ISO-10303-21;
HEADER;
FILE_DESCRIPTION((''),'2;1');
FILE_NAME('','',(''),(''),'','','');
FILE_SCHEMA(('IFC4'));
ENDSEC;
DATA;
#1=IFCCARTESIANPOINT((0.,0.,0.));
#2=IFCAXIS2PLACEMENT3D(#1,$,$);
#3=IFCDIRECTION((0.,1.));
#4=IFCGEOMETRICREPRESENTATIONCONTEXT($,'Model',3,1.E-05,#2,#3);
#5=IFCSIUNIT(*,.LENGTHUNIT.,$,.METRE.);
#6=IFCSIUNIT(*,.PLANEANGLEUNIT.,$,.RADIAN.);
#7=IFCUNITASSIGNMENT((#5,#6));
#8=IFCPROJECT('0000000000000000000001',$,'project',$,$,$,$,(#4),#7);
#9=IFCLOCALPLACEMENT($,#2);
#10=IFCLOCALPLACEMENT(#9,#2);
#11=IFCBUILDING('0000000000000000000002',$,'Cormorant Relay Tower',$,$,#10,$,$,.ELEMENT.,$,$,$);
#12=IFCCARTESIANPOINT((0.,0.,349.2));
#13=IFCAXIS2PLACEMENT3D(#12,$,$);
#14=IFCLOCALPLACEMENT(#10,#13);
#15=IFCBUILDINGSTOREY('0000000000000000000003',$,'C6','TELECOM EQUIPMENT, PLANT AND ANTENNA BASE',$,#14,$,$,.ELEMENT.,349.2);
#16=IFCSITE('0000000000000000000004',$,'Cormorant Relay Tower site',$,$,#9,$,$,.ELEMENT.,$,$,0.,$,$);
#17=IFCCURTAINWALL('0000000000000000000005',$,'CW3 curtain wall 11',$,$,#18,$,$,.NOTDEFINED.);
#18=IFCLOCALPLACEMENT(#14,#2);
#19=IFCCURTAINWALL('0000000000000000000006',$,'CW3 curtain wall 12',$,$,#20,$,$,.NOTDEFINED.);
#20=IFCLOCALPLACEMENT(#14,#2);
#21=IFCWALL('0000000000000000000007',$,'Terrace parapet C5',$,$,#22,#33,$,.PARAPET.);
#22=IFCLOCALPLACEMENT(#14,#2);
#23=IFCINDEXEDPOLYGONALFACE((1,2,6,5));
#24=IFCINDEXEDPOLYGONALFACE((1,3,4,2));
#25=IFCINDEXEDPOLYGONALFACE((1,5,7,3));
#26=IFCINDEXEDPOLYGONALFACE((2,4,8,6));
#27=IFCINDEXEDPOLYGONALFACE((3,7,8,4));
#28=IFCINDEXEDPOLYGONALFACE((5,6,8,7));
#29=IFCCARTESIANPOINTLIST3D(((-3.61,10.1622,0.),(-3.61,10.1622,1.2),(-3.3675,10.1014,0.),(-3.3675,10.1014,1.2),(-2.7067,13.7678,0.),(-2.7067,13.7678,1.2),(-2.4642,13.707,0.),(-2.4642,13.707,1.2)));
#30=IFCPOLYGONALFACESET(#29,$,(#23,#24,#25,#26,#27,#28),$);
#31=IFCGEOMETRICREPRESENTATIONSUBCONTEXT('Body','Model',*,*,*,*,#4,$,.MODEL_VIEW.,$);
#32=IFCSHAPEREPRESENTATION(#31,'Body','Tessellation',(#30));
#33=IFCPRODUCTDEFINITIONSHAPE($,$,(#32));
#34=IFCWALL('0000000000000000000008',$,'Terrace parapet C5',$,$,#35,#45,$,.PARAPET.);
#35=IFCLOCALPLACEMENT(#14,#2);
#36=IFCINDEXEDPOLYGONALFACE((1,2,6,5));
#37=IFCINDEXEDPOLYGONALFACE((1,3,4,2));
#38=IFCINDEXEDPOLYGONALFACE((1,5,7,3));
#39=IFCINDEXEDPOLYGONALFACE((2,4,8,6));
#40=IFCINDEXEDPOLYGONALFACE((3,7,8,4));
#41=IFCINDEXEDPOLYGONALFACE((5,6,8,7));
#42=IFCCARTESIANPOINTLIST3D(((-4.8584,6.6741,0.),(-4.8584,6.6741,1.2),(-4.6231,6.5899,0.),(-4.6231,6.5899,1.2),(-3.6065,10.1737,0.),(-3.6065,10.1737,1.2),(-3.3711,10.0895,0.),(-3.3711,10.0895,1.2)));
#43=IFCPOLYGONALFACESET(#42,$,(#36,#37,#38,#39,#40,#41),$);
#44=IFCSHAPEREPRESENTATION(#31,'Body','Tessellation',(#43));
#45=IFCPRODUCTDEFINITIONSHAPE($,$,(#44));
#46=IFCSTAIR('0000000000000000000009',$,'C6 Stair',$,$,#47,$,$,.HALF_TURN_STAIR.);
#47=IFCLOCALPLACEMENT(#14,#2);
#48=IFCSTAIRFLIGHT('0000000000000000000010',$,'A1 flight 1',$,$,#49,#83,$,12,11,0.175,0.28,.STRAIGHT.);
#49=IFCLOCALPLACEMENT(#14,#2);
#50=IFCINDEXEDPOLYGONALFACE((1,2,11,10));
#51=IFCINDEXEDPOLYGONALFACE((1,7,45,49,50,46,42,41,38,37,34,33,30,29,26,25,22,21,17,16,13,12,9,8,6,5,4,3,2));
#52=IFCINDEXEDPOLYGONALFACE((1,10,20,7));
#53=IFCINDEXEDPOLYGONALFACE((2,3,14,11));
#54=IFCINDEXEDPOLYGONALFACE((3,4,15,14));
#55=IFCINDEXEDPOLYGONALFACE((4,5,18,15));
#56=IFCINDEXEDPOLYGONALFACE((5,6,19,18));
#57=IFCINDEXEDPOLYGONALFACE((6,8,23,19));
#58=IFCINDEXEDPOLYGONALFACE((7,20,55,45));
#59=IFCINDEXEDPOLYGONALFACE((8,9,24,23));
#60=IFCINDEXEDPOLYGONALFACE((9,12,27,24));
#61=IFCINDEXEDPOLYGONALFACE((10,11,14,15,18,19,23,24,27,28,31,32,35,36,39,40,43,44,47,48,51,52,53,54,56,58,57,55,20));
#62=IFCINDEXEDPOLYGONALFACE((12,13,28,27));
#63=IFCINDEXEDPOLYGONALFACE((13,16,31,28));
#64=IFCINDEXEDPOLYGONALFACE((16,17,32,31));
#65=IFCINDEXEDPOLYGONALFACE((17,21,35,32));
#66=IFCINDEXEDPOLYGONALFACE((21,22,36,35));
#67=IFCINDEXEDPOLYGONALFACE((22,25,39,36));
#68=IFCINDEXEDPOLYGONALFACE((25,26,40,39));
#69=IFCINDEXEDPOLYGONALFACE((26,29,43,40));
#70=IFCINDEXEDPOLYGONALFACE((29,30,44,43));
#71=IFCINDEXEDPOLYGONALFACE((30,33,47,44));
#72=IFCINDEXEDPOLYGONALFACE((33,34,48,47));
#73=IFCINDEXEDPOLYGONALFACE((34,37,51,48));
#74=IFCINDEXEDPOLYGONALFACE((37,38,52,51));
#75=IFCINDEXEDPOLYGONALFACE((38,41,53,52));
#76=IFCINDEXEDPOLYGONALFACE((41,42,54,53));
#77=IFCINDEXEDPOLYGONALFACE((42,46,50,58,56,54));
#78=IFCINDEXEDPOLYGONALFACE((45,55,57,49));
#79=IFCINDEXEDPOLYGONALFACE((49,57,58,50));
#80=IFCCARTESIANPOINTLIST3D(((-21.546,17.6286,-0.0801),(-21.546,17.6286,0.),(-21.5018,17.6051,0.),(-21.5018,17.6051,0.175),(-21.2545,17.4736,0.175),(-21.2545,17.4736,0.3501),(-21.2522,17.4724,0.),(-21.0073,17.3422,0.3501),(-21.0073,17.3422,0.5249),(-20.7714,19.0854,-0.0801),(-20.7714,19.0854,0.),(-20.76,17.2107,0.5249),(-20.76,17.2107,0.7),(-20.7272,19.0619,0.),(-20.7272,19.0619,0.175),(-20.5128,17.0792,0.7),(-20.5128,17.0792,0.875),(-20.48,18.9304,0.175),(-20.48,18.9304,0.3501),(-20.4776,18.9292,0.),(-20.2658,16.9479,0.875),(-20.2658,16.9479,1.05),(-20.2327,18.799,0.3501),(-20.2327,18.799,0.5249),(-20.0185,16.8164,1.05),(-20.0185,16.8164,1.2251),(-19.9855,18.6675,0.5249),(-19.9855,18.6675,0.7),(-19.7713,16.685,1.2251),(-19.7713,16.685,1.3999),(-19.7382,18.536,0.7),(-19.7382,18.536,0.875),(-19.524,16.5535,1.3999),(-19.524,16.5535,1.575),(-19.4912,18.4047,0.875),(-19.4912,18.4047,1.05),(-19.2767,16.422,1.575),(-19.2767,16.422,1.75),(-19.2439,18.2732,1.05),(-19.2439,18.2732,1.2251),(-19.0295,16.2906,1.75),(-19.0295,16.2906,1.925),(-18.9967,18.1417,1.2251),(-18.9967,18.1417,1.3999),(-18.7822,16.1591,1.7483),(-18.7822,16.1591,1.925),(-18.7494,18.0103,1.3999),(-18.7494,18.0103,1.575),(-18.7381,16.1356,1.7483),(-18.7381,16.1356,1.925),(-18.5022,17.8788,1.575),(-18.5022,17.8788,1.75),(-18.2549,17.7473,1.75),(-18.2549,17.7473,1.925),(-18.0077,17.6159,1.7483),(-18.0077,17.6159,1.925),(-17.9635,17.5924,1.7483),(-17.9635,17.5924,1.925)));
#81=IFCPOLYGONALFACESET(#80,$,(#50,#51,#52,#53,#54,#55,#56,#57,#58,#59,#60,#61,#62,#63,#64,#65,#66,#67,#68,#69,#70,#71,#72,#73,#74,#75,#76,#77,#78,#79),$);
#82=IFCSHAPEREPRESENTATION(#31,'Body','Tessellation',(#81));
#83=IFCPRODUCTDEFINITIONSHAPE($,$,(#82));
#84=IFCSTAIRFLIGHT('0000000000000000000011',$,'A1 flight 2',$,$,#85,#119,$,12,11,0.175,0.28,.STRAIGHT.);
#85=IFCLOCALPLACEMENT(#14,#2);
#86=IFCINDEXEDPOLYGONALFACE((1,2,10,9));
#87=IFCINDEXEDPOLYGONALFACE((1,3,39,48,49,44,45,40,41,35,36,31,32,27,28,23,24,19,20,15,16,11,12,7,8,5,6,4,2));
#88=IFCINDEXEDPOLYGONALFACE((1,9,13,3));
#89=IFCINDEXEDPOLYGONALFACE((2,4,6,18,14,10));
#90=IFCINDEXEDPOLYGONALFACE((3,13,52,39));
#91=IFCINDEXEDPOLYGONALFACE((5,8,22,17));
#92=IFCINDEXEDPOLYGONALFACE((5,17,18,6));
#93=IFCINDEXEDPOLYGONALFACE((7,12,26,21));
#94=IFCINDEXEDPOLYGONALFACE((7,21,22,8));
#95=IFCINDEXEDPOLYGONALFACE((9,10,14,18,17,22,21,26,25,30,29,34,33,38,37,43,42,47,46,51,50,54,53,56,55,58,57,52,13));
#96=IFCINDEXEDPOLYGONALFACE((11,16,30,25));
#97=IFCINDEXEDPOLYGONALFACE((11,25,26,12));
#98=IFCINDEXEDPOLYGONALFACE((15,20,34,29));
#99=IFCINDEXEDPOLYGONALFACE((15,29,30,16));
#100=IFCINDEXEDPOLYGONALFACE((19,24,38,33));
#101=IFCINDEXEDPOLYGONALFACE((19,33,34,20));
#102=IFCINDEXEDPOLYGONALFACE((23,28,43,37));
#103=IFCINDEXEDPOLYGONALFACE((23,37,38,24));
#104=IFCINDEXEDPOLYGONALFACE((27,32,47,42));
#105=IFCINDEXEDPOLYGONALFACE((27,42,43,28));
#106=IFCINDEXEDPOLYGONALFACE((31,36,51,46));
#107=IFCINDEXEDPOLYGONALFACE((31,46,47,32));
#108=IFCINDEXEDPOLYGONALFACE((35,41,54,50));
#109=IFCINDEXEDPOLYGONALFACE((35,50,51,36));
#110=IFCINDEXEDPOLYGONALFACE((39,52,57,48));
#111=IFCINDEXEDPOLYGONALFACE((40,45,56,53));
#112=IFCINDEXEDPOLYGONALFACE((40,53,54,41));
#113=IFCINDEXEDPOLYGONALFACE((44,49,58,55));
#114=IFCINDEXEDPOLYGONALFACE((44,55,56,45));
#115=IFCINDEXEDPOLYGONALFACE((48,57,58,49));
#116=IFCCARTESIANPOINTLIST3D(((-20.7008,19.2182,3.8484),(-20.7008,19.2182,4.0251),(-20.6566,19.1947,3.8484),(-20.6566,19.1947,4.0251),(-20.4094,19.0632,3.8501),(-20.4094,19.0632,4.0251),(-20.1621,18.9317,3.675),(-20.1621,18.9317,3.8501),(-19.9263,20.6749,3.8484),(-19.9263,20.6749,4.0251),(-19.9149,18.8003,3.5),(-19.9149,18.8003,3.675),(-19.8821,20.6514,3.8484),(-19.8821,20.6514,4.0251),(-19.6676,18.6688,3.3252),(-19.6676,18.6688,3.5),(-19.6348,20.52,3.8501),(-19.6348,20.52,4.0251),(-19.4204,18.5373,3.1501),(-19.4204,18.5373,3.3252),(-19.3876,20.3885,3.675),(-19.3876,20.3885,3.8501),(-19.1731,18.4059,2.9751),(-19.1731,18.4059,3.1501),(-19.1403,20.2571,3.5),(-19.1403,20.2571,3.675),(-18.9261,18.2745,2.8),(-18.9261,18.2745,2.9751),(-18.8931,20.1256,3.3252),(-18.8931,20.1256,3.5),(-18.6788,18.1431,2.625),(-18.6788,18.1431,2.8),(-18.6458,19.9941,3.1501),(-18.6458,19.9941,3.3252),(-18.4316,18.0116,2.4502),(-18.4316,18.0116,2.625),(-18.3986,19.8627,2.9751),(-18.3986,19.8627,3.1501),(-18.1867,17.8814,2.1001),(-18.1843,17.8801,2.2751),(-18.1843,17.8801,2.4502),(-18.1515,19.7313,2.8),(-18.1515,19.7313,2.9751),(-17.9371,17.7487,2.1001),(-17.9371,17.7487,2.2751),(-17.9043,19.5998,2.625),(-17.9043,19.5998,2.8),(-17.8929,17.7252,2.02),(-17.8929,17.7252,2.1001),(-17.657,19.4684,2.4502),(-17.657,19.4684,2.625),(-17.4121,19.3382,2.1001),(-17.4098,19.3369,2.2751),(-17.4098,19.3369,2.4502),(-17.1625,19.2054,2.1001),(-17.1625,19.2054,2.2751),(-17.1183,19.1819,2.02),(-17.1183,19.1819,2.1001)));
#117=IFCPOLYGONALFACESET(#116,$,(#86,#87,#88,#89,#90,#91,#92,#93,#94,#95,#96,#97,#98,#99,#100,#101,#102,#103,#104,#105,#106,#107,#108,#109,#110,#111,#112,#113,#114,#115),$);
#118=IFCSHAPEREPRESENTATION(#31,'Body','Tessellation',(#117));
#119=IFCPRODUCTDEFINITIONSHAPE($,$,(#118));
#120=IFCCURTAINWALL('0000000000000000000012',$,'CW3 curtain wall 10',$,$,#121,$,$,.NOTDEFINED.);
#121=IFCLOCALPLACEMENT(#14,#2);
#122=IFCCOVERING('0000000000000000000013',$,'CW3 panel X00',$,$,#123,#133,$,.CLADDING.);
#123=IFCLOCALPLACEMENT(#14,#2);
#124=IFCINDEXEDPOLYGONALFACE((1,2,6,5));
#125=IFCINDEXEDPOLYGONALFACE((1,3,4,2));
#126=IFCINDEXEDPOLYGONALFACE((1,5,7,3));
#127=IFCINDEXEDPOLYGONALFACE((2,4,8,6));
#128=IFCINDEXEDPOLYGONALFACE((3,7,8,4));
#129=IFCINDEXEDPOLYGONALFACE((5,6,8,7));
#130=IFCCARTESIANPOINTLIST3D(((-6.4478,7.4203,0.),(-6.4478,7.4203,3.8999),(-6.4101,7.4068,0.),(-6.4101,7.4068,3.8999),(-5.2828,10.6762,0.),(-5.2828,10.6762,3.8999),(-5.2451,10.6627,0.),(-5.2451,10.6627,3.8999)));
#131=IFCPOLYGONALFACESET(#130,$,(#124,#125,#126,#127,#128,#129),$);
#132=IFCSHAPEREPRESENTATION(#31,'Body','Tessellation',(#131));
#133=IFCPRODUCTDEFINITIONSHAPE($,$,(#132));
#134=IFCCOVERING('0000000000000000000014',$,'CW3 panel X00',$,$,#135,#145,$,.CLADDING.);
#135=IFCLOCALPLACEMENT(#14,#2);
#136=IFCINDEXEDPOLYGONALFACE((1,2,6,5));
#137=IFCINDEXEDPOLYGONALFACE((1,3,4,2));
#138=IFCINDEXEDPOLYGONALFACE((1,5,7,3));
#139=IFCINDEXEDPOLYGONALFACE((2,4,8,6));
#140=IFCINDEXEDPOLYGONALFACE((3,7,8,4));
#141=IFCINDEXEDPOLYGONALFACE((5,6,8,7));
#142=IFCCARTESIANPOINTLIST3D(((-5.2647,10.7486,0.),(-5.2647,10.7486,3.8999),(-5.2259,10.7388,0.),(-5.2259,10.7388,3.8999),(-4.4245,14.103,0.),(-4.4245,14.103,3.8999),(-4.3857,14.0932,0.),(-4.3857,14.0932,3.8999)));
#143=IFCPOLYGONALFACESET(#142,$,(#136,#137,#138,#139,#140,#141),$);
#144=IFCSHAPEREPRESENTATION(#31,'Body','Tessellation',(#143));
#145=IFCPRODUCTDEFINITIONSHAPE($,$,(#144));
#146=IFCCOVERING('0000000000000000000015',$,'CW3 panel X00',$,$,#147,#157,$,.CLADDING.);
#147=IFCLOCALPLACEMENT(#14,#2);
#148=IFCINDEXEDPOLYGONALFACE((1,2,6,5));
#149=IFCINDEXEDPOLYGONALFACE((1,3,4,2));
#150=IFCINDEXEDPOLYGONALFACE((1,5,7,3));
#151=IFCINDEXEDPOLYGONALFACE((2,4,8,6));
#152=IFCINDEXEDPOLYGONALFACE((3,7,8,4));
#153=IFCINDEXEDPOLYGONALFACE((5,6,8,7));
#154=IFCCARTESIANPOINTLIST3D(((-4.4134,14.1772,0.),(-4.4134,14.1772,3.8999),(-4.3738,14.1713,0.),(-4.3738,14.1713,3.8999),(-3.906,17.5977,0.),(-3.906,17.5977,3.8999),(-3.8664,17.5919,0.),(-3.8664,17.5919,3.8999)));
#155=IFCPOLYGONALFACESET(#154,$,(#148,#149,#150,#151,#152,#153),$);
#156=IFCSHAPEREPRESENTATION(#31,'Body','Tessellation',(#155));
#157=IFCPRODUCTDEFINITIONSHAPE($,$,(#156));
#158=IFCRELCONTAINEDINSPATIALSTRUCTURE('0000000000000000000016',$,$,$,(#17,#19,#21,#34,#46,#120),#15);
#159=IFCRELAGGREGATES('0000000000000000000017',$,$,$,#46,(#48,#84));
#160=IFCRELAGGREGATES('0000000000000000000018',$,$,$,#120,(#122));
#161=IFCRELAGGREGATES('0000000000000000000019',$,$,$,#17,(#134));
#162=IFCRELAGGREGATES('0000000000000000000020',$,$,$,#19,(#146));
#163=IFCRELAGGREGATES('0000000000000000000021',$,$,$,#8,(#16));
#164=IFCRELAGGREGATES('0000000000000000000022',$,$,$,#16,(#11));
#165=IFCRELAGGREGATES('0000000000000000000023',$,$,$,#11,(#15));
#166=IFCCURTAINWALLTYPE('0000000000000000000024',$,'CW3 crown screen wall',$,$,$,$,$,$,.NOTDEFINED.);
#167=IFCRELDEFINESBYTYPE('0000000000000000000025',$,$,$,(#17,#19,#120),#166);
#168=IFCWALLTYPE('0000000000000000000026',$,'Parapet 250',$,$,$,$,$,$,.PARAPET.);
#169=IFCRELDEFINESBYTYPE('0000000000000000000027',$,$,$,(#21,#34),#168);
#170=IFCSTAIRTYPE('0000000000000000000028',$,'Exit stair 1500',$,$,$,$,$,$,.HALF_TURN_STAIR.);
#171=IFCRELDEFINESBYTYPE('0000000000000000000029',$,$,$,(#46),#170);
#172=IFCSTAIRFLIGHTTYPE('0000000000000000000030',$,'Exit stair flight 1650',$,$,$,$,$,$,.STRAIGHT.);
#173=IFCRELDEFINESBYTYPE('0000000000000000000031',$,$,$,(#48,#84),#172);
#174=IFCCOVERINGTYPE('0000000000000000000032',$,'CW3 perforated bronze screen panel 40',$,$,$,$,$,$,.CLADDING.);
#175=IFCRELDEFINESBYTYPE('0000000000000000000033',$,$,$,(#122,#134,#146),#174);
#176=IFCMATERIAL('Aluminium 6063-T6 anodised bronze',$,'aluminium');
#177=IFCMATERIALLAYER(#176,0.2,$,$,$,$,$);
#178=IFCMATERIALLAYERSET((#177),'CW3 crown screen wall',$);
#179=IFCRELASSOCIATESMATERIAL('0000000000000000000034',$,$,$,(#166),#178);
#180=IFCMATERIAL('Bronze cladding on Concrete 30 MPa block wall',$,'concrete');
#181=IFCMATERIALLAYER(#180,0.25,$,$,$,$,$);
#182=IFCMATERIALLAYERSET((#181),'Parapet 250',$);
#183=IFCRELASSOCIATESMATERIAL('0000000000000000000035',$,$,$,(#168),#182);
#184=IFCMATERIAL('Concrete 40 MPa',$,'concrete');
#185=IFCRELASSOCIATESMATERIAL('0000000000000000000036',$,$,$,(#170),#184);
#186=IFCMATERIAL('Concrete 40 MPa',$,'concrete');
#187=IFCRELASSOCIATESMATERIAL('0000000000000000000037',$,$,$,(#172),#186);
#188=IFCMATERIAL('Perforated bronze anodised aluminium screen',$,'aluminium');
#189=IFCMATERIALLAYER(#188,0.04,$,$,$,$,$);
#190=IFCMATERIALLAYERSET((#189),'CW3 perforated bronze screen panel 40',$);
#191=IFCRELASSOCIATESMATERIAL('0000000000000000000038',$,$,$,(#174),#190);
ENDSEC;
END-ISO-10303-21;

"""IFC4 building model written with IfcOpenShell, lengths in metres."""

from ifc_helpers import new_model, si_unit, direction, frame, frame_2d, origin, origin_2d, place, context, subcontext, project, spatial, polyline, rectangle, outline, extrude, material, layer, layer_set, type_object, element, aggregate, save


model = new_model("IFC4")

# Units and contexts
model_context = context("Model", 3, precision=1e-05, world=origin(), true_north=direction((0.0, 1.0)))
body_context = subcontext(model_context, "Body", "Model", "MODEL_VIEW")
ifc_project = project(units=[si_unit("LENGTHUNIT", "METRE"), si_unit("PLANEANGLEUNIT", "RADIAN")], contexts=[model_context])

# Site, building, storey
site_placement = place(None, origin())
site = spatial("IfcSite", under=ifc_project, at=site_placement, Name="Cormorant Relay Tower site", CompositionType="ELEMENT", RefElevation=0.0)
building_placement = place(site_placement, origin())
building = spatial("IfcBuilding", under=site, at=building_placement, Name="Cormorant Relay Tower", CompositionType="ELEMENT")
storey_placement = place(building_placement, frame((0.0, 0.0, 349.2)))
storey = spatial("IfcBuildingStorey", under=building, at=storey_placement, Name="C6", Description="TELECOM EQUIPMENT, PLANT AND ANTENNA BASE", CompositionType="ELEMENT", Elevation=349.2)

# Curtain walls
ifc_material_1 = material(Name="Aluminium 6063-T6 anodised bronze", Category="aluminium")
ifc_layer_1 = layer(ifc_material_1, 0.2)
ifc_layer_set_1 = layer_set([ifc_layer_1], Name="CW3 crown screen wall")
curtain_wall_type = type_object("IfcCurtainWallType", Name="CW3 crown screen wall", PredefinedType="NOTDEFINED", material=ifc_layer_set_1)
curtain_wall_1_placement = place(storey_placement, origin())
curtain_wall_1 = element("IfcCurtainWall", 1, at=curtain_wall_1_placement, inside=storey, type_object=curtain_wall_type, Name="CW3 curtain wall 11", PredefinedType="NOTDEFINED")
curtain_wall_2_placement = place(storey_placement, origin())
curtain_wall_2 = element("IfcCurtainWall", 2, at=curtain_wall_2_placement, inside=storey, type_object=curtain_wall_type, Name="CW3 curtain wall 12", PredefinedType="NOTDEFINED")

# Walls
ifc_material_2 = material(Name="Bronze cladding on Concrete 30 MPa block wall", Category="concrete")
ifc_layer_2 = layer(ifc_material_2, 0.25)
ifc_layer_set_2 = layer_set([ifc_layer_2], Name="Parapet 250")
wall_type_1 = type_object("IfcWallType", Name="Parapet 250", PredefinedType="PARAPET", material=ifc_layer_set_2)
wall_1_placement = place(storey_placement, frame((-2.5854, 13.7373, 0.0), z_axis=(0.0, 0.0, 1.0), x_axis=(-0.243015, -0.970023, 0.0)))
element("IfcWall", 3, at=wall_1_placement, inside=storey, type_object=wall_type_1, Name="Terrace parapet C5", PredefinedType="PARAPET", context=body_context, shape_type="SweptSolid", body=[
    extrude(rectangle(XDim=3.717, YDim=0.25, at=frame_2d((1.8584, 0.0))), origin(), (0.0, 0.0, 1.0), 1.2),
])
wall_2_placement = place(storey_placement, frame((-3.4888, 10.1316, 0.0), z_axis=(0.0, 0.0, 1.0), x_axis=(-0.336844, -0.94156, 0.0)))
element("IfcWall", 4, at=wall_2_placement, inside=storey, type_object=wall_type_1, Name="Terrace parapet C5", PredefinedType="PARAPET", context=body_context, shape_type="SweptSolid", body=[
    extrude(rectangle(XDim=3.7168, YDim=0.25, at=frame_2d((1.8584, 0.0))), origin(), (0.0, 0.0, 1.0), 1.2),
])

# Stair, stair flights
ifc_material_3 = material(Name="Concrete 40 MPa", Category="concrete")
stair_type = type_object("IfcStairType", Name="Exit stair 1500", PredefinedType="HALF_TURN_STAIR", material=ifc_material_3)
stair_placement = place(storey_placement, origin())
stair = element("IfcStair", 5, at=stair_placement, inside=storey, type_object=stair_type, Name="C6 Stair", PredefinedType="HALF_TURN_STAIR")
ifc_material_4 = material(Name="Concrete 40 MPa", Category="concrete")
stair_flight_type = type_object("IfcStairFlightType", Name="Exit stair flight 1650", PredefinedType="STRAIGHT", material=ifc_material_4)
stair_flight_1_placement = place(storey_placement, frame((-21.1145, 18.3335, 0.0), z_axis=(0.0, 0.0, 1.0), x_axis=(0.882948, -0.469472, 0.0)))
stair_flight_1 = element("IfcStairFlight", 6, at=stair_flight_1_placement, type_object=stair_flight_type, Name="A1 flight 1", NumberOfRisers=12, NumberOfTreads=11, PredefinedType="STRAIGHT", RiserHeight=0.175, TreadLength=0.28, context=body_context, shape_type="SweptSolid", body=[
    extrude(outline(polyline([(-0.05, -0.0801), (-0.05, 0.0), (0.0, 0.0), (0.0, 0.175), (0.28, 0.175), (0.28, 0.3501), (0.5601, 0.3501), (0.5601, 0.5249), (0.8401, 0.5249), (0.8401, 0.7), (1.1201, 0.7), (1.1201, 0.875), (1.3999, 0.875), (1.3999, 1.05), (1.6799, 1.05), (1.6799, 1.2251), (1.96, 1.2251), (1.96, 1.3999), (2.24, 1.3999), (2.24, 1.575), (2.52, 1.575), (2.52, 1.75), (2.8, 1.75), (2.8, 1.925), (3.0801, 1.925), (3.1301, 1.925), (3.1301, 1.7483), (3.0801, 1.7483), (0.2827, 0.0), (-0.05, -0.0801)])), frame((0.0, 0.825, 0.0), z_axis=(0.0, -1.0, 0.0), x_axis=(1.0, 0.0, 0.0)), (0.0, 0.0, 1.0), 1.6499),
])
stair_flight_2_placement = place(storey_placement, frame((-17.5498, 18.4771, 2.1001), z_axis=(0.0, 0.0, 1.0), x_axis=(-0.882948, 0.469472, 0.0)))
stair_flight_2 = element("IfcStairFlight", 7, at=stair_flight_2_placement, type_object=stair_flight_type, Name="A1 flight 2", NumberOfRisers=12, NumberOfTreads=11, PredefinedType="STRAIGHT", RiserHeight=0.175, TreadLength=0.28, context=body_context, shape_type="SweptSolid", body=[
    extrude(outline(polyline([(-0.05, -0.0801), (-0.05, 0.0), (0.0, 0.0), (0.0, 0.175), (0.28, 0.175), (0.28, 0.3501), (0.5601, 0.3501), (0.5601, 0.5249), (0.8401, 0.5249), (0.8401, 0.7), (1.1201, 0.7), (1.1201, 0.875), (1.3999, 0.875), (1.3999, 1.05), (1.6799, 1.05), (1.6799, 1.2251), (1.96, 1.2251), (1.96, 1.3999), (2.24, 1.3999), (2.24, 1.575), (2.52, 1.575), (2.52, 1.75), (2.8, 1.75), (2.8, 1.925), (3.0801, 1.925), (3.1301, 1.925), (3.1301, 1.7483), (3.0801, 1.7483), (0.2827, 0.0), (-0.05, -0.0801)])), frame((0.0, 0.825, 0.0), z_axis=(0.0, -1.0, 0.0), x_axis=(1.0, 0.0, 0.0)), (0.0, 0.0, 1.0), 1.6499),
])
aggregate(stair, [stair_flight_1, stair_flight_2])

# Curtain wall, covering
curtain_wall_3_placement = place(storey_placement, origin())
curtain_wall_3 = element("IfcCurtainWall", 8, at=curtain_wall_3_placement, inside=storey, type_object=curtain_wall_type, Name="CW3 curtain wall 10", PredefinedType="NOTDEFINED")
ifc_material_5 = material(Name="Perforated bronze anodised aluminium screen", Category="aluminium")
ifc_layer_3 = layer(ifc_material_5, 0.04)
ifc_layer_set_3 = layer_set([ifc_layer_3], Name="CW3 perforated bronze screen panel 40")
covering_type = type_object("IfcCoveringType", Name="CW3 perforated bronze screen panel 40", PredefinedType="CLADDING", material=ifc_layer_set_3)
covering_1_placement = place(storey_placement, frame((-5.8464, 9.0415, 0.0), z_axis=(0.0, 0.0, 1.0), x_axis=(0.33689, 0.941544, 0.0)))
covering_1 = element("IfcCovering", 9, at=covering_1_placement, type_object=covering_type, Name="CW3 panel X00", PredefinedType="CLADDING", context=body_context, shape_type="SweptSolid", body=[
    extrude(rectangle(XDim=3.458, YDim=0.04, at=origin_2d()), origin(), (0.0, 0.0, 1.0), 3.8999),
])
aggregate(curtain_wall_3, [covering_1])

# Coverings
covering_2_placement = place(storey_placement, frame((-4.8252, 12.4209, 0.0), z_axis=(0.0, 0.0, 1.0), x_axis=(0.24298, 0.970031, 0.0)))
covering_2 = element("IfcCovering", 10, at=covering_2_placement, type_object=covering_type, Name="CW3 panel X00", PredefinedType="CLADDING", context=body_context, shape_type="SweptSolid", body=[
    extrude(rectangle(XDim=3.458, YDim=0.04, at=origin_2d()), origin(), (0.0, 0.0, 1.0), 3.8999),
])
aggregate(curtain_wall_1, [covering_2])
covering_3_placement = place(storey_placement, frame((-4.1399, 15.8845, 0.0), z_axis=(0.0, 0.0, 1.0), x_axis=(0.14673, 0.989177, 0.0)))
covering_3 = element("IfcCovering", 11, at=covering_3_placement, type_object=covering_type, Name="CW3 panel X00", PredefinedType="CLADDING", context=body_context, shape_type="SweptSolid", body=[
    extrude(rectangle(XDim=3.458, YDim=0.04, at=origin_2d()), origin(), (0.0, 0.0, 1.0), 3.8999),
])
aggregate(curtain_wall_2, [covering_3])

save(model, "model.ifc")
